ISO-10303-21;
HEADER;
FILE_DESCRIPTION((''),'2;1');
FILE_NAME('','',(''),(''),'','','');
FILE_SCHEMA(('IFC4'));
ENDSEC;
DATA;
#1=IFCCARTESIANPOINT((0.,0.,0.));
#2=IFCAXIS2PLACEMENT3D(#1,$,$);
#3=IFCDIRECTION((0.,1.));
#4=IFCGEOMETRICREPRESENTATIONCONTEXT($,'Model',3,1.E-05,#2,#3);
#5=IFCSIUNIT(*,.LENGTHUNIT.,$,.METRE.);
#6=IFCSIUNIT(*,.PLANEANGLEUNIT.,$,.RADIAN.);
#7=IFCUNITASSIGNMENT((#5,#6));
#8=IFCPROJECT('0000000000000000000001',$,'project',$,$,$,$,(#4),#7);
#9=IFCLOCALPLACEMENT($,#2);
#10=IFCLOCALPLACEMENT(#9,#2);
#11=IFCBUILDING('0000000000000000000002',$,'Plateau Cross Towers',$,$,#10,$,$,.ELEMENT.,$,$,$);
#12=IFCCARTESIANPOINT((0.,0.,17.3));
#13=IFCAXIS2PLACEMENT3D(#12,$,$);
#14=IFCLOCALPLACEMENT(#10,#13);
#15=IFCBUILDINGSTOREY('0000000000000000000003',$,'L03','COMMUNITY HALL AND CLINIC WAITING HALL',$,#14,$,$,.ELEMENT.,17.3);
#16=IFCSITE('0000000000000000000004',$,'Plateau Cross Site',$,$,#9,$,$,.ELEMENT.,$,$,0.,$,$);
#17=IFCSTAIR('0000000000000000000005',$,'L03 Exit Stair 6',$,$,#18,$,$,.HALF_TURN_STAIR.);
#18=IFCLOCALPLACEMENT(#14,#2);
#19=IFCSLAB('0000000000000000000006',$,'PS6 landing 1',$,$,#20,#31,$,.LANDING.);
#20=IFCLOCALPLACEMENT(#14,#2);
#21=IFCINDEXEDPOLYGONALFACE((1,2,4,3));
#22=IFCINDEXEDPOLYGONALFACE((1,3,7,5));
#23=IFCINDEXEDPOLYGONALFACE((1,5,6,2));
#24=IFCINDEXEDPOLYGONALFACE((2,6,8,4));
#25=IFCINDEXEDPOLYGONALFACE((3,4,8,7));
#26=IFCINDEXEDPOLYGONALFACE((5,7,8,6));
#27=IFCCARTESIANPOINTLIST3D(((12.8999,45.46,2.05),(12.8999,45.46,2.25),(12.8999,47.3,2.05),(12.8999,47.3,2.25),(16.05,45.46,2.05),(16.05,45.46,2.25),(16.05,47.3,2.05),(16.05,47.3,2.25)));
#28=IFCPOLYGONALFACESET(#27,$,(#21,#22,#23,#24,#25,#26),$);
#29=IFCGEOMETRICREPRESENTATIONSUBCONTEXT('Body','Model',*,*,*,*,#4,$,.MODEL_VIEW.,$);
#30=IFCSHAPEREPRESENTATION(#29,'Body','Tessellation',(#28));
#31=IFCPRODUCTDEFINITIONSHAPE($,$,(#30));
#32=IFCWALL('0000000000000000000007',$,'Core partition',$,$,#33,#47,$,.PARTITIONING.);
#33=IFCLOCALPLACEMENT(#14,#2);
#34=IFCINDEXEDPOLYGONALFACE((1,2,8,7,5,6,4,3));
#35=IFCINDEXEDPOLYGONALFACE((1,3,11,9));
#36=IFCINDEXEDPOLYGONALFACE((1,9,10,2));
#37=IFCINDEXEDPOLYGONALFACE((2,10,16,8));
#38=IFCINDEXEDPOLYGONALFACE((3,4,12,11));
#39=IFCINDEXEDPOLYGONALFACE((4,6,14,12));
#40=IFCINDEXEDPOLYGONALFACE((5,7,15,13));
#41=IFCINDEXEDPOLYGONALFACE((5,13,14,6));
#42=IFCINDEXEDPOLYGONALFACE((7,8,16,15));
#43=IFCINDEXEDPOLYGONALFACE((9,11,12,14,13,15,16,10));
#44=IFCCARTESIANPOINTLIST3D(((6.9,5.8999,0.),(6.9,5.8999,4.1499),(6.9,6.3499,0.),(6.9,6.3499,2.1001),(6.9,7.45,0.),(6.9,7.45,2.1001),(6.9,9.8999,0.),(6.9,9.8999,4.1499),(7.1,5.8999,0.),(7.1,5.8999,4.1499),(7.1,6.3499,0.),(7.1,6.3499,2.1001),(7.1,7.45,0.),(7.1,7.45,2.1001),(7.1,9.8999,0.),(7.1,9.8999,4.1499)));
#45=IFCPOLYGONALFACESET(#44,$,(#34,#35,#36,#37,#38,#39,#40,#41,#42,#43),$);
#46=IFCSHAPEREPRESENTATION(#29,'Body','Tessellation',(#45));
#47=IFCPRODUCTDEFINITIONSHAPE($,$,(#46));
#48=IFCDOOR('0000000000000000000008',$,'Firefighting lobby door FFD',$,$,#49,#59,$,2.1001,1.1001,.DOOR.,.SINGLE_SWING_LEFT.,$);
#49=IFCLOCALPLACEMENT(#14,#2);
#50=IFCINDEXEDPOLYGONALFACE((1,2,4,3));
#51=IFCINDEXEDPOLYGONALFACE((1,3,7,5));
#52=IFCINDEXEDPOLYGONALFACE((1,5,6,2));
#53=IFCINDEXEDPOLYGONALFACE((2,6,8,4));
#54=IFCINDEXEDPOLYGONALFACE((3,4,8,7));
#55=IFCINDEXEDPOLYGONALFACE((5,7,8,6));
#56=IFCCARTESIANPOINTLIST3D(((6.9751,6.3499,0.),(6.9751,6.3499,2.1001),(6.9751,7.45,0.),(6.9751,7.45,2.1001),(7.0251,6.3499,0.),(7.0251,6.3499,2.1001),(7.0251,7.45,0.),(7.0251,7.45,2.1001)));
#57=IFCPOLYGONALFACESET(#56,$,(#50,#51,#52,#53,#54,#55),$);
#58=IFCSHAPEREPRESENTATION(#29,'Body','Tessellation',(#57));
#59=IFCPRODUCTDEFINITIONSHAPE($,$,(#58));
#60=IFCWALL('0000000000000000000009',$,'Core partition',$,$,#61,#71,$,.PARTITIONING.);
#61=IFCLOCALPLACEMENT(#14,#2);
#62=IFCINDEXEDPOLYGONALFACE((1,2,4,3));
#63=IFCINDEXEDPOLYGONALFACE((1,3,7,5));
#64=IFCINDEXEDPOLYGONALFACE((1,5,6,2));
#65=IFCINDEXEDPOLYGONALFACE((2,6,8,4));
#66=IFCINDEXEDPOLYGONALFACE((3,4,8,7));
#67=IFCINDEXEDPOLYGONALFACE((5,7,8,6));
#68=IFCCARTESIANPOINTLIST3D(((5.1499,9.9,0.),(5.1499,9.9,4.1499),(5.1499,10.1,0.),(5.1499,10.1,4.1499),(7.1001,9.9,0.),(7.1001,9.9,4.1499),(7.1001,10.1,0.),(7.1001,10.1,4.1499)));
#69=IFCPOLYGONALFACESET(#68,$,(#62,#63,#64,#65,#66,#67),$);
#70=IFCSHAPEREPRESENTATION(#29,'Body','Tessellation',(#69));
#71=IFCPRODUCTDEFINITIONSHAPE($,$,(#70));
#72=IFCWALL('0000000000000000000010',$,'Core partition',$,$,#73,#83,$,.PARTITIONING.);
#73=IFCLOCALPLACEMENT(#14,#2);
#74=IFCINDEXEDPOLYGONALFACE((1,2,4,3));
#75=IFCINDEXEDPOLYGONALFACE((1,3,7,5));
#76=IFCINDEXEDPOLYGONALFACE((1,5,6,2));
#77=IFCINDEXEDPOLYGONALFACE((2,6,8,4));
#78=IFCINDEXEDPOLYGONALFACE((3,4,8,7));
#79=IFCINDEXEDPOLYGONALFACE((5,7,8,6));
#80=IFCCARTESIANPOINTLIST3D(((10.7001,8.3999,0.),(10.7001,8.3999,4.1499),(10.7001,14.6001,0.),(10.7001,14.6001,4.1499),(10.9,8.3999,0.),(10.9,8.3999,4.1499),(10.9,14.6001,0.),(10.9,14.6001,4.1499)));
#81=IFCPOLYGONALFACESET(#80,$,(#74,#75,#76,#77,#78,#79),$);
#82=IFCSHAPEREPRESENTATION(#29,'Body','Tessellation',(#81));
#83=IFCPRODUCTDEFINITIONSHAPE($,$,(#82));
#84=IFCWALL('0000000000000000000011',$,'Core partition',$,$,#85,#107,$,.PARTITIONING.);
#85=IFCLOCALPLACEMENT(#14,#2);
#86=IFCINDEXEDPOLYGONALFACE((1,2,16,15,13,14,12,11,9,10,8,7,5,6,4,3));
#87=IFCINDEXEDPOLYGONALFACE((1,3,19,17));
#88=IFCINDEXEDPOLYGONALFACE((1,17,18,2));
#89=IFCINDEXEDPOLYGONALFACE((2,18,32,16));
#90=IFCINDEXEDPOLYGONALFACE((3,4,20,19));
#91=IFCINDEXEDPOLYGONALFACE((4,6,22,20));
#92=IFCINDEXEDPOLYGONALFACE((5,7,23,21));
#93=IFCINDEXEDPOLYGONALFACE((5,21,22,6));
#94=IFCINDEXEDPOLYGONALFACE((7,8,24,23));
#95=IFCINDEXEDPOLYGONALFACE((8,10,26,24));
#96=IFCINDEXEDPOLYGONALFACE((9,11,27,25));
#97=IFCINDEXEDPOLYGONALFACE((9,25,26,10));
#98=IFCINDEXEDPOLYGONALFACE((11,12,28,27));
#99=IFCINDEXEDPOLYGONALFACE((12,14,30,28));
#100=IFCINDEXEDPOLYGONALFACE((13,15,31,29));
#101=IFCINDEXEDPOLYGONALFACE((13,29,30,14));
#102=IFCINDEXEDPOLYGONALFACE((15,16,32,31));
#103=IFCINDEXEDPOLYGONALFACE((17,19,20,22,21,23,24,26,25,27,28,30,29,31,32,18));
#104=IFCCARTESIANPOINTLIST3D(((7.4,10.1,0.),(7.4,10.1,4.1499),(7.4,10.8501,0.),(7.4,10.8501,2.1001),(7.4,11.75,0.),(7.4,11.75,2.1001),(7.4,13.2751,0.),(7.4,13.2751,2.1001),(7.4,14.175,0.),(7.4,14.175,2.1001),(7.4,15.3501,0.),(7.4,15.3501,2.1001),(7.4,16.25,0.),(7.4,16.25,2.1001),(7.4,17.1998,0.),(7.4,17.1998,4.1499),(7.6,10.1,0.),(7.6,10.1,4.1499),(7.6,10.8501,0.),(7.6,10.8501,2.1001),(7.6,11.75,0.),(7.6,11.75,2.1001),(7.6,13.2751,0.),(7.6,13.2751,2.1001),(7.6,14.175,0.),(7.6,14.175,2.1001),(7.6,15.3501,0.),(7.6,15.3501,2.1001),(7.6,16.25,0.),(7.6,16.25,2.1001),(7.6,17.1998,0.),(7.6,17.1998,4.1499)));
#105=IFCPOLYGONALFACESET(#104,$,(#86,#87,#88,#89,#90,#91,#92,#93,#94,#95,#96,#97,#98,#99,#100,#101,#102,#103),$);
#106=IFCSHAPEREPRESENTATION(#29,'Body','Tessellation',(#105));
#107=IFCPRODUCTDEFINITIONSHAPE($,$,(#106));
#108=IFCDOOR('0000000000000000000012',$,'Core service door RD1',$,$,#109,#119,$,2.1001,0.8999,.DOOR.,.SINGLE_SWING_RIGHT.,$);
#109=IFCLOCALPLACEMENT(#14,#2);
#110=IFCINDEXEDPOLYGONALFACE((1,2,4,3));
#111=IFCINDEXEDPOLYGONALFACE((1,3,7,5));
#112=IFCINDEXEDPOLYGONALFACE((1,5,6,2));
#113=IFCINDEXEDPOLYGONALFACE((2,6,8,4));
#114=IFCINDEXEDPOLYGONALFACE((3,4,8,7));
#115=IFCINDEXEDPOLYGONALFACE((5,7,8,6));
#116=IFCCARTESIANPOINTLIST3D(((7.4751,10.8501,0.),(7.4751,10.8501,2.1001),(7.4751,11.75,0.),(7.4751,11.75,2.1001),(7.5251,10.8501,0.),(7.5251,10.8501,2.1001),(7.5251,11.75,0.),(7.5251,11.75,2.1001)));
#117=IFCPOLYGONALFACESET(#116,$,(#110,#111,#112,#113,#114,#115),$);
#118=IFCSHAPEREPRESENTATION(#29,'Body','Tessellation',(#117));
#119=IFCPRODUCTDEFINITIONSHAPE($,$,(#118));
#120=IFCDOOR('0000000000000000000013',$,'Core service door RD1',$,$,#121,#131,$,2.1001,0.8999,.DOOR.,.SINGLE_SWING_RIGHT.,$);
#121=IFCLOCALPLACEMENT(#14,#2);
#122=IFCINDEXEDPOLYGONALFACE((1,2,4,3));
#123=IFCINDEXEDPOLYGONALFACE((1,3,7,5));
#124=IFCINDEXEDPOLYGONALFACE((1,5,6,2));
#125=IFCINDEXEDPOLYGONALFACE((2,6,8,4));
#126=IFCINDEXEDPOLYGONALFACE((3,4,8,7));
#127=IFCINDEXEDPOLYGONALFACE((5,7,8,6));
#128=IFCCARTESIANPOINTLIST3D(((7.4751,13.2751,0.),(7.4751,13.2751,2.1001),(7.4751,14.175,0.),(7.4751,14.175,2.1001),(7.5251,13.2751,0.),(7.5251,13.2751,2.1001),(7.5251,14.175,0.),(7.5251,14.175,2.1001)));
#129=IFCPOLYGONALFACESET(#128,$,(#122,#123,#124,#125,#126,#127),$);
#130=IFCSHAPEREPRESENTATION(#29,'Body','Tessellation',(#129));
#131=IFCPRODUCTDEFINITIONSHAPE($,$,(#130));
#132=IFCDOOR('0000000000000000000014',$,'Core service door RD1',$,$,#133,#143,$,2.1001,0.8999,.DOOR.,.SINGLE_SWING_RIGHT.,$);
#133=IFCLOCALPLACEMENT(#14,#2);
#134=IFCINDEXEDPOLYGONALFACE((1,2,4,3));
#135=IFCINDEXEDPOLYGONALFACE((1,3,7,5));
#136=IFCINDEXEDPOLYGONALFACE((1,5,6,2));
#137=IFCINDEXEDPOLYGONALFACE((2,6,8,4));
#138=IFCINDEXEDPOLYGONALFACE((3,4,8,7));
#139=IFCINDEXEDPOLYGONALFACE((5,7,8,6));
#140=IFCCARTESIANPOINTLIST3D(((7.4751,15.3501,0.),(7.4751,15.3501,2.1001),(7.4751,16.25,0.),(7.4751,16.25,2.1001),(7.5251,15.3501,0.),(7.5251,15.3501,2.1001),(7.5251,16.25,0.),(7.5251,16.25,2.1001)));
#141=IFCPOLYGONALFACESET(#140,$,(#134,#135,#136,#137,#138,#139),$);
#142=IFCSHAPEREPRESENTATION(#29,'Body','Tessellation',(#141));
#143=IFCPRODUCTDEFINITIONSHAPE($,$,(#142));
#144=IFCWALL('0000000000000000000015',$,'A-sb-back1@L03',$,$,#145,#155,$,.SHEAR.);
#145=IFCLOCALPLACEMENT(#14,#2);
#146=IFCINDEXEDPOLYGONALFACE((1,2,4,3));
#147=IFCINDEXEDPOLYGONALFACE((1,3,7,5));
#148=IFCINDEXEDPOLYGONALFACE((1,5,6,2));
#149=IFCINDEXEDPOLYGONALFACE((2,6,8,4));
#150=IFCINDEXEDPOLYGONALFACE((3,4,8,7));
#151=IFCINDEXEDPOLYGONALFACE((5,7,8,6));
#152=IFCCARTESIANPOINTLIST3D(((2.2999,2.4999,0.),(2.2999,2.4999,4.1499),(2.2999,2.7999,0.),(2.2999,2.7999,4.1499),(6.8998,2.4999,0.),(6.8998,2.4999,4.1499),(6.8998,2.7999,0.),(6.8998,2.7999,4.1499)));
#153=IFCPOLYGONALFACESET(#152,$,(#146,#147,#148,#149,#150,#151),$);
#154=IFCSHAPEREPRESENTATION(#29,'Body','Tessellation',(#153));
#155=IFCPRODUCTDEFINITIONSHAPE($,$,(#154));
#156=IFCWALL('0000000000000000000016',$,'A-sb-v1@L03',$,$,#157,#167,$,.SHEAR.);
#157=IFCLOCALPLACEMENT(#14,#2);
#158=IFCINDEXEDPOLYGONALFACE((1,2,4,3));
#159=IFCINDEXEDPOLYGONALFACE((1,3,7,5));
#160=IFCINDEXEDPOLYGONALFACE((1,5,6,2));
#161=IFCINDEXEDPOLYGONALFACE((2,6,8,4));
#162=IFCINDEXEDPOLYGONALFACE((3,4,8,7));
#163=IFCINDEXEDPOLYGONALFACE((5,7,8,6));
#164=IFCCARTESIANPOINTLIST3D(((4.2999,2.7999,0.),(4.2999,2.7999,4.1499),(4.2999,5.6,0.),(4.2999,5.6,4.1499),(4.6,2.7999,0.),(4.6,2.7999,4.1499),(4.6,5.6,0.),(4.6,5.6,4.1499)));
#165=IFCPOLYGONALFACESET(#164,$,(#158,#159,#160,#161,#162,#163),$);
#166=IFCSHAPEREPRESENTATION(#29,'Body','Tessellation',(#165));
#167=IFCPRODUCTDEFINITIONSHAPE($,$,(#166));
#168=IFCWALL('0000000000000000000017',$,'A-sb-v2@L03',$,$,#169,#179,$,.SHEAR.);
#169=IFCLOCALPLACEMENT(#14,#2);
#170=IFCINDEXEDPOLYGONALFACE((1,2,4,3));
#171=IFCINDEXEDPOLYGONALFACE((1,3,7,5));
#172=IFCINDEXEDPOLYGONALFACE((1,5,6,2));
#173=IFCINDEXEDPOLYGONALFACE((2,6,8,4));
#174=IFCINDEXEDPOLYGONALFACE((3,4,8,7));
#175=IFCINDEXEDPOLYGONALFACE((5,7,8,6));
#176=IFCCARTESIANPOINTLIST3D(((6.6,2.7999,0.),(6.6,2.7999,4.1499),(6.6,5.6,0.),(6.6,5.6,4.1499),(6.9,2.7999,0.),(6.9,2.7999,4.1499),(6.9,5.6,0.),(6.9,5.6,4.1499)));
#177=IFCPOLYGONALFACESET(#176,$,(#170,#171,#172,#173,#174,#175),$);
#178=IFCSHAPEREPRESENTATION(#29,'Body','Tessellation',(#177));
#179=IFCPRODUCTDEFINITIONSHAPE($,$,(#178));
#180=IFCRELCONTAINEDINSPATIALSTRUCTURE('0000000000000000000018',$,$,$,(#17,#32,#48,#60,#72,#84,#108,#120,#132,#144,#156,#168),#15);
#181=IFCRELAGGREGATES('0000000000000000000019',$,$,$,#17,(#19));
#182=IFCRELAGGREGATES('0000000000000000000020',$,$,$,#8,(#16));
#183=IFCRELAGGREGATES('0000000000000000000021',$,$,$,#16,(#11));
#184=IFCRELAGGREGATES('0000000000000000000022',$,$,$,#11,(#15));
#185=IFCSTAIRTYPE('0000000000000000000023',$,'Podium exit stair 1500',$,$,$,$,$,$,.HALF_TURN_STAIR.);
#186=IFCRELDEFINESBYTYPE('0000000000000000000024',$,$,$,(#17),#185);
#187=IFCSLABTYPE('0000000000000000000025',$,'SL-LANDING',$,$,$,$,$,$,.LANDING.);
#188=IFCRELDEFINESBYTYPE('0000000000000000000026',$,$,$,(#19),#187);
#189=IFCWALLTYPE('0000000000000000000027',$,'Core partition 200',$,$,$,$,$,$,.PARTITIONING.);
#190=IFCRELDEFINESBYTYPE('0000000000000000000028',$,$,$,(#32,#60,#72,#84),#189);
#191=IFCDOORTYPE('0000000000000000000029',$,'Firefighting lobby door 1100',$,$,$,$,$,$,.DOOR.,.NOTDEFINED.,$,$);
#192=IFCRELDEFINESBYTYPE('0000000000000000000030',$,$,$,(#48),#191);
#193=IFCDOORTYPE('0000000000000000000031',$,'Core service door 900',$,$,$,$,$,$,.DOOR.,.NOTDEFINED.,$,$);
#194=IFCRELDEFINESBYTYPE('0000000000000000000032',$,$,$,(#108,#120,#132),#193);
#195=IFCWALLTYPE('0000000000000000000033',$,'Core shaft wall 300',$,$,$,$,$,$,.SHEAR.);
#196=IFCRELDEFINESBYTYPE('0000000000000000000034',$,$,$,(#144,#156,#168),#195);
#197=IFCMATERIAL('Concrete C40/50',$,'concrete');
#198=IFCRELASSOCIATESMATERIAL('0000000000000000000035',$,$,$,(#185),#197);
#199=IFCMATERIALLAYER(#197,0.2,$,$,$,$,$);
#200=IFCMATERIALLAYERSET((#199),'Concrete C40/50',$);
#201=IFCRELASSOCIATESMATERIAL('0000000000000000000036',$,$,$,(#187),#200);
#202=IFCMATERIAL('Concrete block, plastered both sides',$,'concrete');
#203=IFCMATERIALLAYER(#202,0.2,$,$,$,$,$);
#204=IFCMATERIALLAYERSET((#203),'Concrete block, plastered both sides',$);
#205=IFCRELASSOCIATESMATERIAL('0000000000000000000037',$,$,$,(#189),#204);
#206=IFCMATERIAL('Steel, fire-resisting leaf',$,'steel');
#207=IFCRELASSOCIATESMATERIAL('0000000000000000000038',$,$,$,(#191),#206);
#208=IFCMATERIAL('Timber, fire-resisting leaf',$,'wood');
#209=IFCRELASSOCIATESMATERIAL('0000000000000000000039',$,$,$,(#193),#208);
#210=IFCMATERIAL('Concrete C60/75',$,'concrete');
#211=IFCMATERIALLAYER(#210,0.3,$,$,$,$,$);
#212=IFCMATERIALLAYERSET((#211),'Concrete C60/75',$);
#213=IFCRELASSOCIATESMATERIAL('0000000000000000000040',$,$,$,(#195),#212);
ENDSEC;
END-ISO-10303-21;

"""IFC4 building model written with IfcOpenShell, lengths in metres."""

from ifc_helpers import new_model, si_unit, direction, frame, frame_2d, origin, place, context, subcontext, project, spatial, polyline, rectangle, outline, extrude, material, layer, layer_set, type_object, element, fill, aggregate, save


model = new_model("IFC4")

# Units and contexts
model_context = context("Model", 3, precision=1e-05, world=origin(), true_north=direction((0.0, 1.0)))
body_context = subcontext(model_context, "Body", "Model", "MODEL_VIEW")
ifc_project = project(units=[si_unit("LENGTHUNIT", "METRE"), si_unit("PLANEANGLEUNIT", "RADIAN")], contexts=[model_context])

# Site, building, storey
site_placement = place(None, origin())
site = spatial("IfcSite", under=ifc_project, at=site_placement, Name="Plateau Cross Site", CompositionType="ELEMENT", RefElevation=0.0)
building_placement = place(site_placement, origin())
building = spatial("IfcBuilding", under=site, at=building_placement, Name="Plateau Cross Towers", CompositionType="ELEMENT")
storey_placement = place(building_placement, frame((0.0, 0.0, 17.3)))
storey = spatial("IfcBuildingStorey", under=building, at=storey_placement, Name="L03", Description="COMMUNITY HALL AND CLINIC WAITING HALL", CompositionType="ELEMENT", Elevation=17.3)

# Stair, slab
ifc_material_1 = material(Name="Concrete C40/50", Category="concrete")
stair_type_1 = type_object("IfcStairType", Name="Podium exit stair 1500", PredefinedType="HALF_TURN_STAIR", material=ifc_material_1)
stair_1_placement = place(storey_placement, origin())
stair_1 = element("IfcStair", 1, at=stair_1_placement, inside=storey, type_object=stair_type_1, Name="L03 Exit Stair 6", PredefinedType="HALF_TURN_STAIR")
ifc_layer_1 = layer(ifc_material_1, 0.2)
ifc_layer_set_1 = layer_set([ifc_layer_1], Name="Concrete C40/50")
slab_type = type_object("IfcSlabType", Name="SL-LANDING", PredefinedType="LANDING", material=ifc_layer_set_1)
slab_placement = place(storey_placement, frame((0.0, 0.0, 2.05)))
slab = element("IfcSlab", 2, at=slab_placement, type_object=slab_type, Name="PS6 landing 1", PredefinedType="LANDING", context=body_context, shape_type="SweptSolid", body=[
    extrude(outline(polyline([(16.05, 45.46), (16.05, 47.3), (12.8999, 47.3), (12.8999, 45.46), (16.05, 45.46)])), origin(), (0.0, 0.0, 1.0), 0.2),
])
aggregate(stair_1, [slab])

# Wall, opening, door
ifc_material_2 = material(Name="Concrete block, plastered both sides", Category="concrete")
ifc_layer_2 = layer(ifc_material_2, 0.2)
ifc_layer_set_2 = layer_set([ifc_layer_2], Name="Concrete block, plastered both sides")
wall_type_1 = type_object("IfcWallType", Name="Core partition 200", PredefinedType="PARTITIONING", material=ifc_layer_set_2)
wall_1_placement = place(storey_placement, frame((7.0, 5.8999, 0.0), z_axis=(0.0, 0.0, 1.0), x_axis=(0.0, 1.0, 0.0)))
wall_1 = element("IfcWall", 3, at=wall_1_placement, inside=storey, type_object=wall_type_1, Name="Core partition", PredefinedType="PARTITIONING", context=body_context, shape_type="SweptSolid", body=[
    extrude(rectangle(XDim=4.0, YDim=0.2, at=frame_2d((2.0, 0.0))), origin(), (0.0, 0.0, 1.0), 4.1499),
])
opening_1_placement = place(wall_1_placement, frame((0.45, 0.0, 0.0)))
opening_1 = element("IfcOpeningElement", 4, at=opening_1_placement, cuts=wall_1, PredefinedType="OPENING", context=body_context, shape_type="SweptSolid", body=[
    extrude(rectangle(XDim=1.1001, YDim=2.1001, at=frame_2d((0.55, 1.05))), frame((0.0, 0.1099, 0.0), z_axis=(0.0, -1.0, 0.0), x_axis=(1.0, 0.0, 0.0)), (0.0, 0.0, 1.0), 0.22),
])
ifc_material_3 = material(Name="Steel, fire-resisting leaf", Category="steel")
door_type_1 = type_object("IfcDoorType", Name="Firefighting lobby door 1100", OperationType="NOTDEFINED", PredefinedType="DOOR", material=ifc_material_3)
door_1_placement = place(opening_1_placement, origin())
door_1 = element("IfcDoor", 5, at=door_1_placement, inside=storey, type_object=door_type_1, Name="Firefighting lobby door FFD", OperationType="SINGLE_SWING_LEFT", OverallHeight=2.1001, OverallWidth=1.1001, PredefinedType="DOOR", context=body_context, shape_type="SweptSolid", body=[
    extrude(rectangle(XDim=1.1001, YDim=2.1001, at=frame_2d((0.55, 1.05))), frame((0.0, 0.0249, 0.0), z_axis=(0.0, -1.0, 0.0), x_axis=(1.0, 0.0, 0.0)), (0.0, 0.0, 1.0), 0.05),
])
fill(opening_1, door_1)

# Walls
wall_2_placement = place(storey_placement, frame((5.1499, 10.0, 0.0), z_axis=(0.0, 0.0, 1.0), x_axis=(1.0, 0.0, 0.0)))
element("IfcWall", 6, at=wall_2_placement, inside=storey, type_object=wall_type_1, Name="Core partition", PredefinedType="PARTITIONING", context=body_context, shape_type="SweptSolid", body=[
    extrude(rectangle(XDim=1.9502, YDim=0.2, at=frame_2d((0.9751, 0.0))), origin(), (0.0, 0.0, 1.0), 4.1499),
])
wall_3_placement = place(storey_placement, frame((10.8, 8.3999, 0.0), z_axis=(0.0, 0.0, 1.0), x_axis=(0.0, 1.0, 0.0)))
element("IfcWall", 7, at=wall_3_placement, inside=storey, type_object=wall_type_1, Name="Core partition", PredefinedType="PARTITIONING", context=body_context, shape_type="SweptSolid", body=[
    extrude(rectangle(XDim=6.2002, YDim=0.2, at=frame_2d((3.1001, 0.0))), origin(), (0.0, 0.0, 1.0), 4.1499),
])

# Wall, openings, doors
wall_4_placement = place(storey_placement, frame((7.5, 10.1001, 0.0), z_axis=(0.0, 0.0, 1.0), x_axis=(0.0, 1.0, 0.0)))
wall_4 = element("IfcWall", 8, at=wall_4_placement, inside=storey, type_object=wall_type_1, Name="Core partition", PredefinedType="PARTITIONING", context=body_context, shape_type="SweptSolid", body=[
    extrude(rectangle(XDim=7.0999, YDim=0.2, at=frame_2d((3.5498, 0.0))), origin(), (0.0, 0.0, 1.0), 4.1499),
])
opening_2_placement = place(wall_4_placement, frame((0.75, 0.0, 0.0)))
opening_2 = element("IfcOpeningElement", 9, at=opening_2_placement, cuts=wall_4, PredefinedType="OPENING", context=body_context, shape_type="SweptSolid", body=[
    extrude(rectangle(XDim=0.8999, YDim=2.1001, at=frame_2d((0.45, 1.05))), frame((0.0, 0.1099, 0.0), z_axis=(0.0, -1.0, 0.0), x_axis=(1.0, 0.0, 0.0)), (0.0, 0.0, 1.0), 0.22),
])
opening_3_placement = place(wall_4_placement, frame((3.175, 0.0, 0.0)))
opening_3 = element("IfcOpeningElement", 10, at=opening_3_placement, cuts=wall_4, PredefinedType="OPENING", context=body_context, shape_type="SweptSolid", body=[
    extrude(rectangle(XDim=0.8999, YDim=2.1001, at=frame_2d((0.45, 1.05))), frame((0.0, 0.1099, 0.0), z_axis=(0.0, -1.0, 0.0), x_axis=(1.0, 0.0, 0.0)), (0.0, 0.0, 1.0), 0.22),
])
opening_4_placement = place(wall_4_placement, frame((5.25, 0.0, 0.0)))
opening_4 = element("IfcOpeningElement", 11, at=opening_4_placement, cuts=wall_4, PredefinedType="OPENING", context=body_context, shape_type="SweptSolid", body=[
    extrude(rectangle(XDim=0.8999, YDim=2.1001, at=frame_2d((0.45, 1.05))), frame((0.0, 0.1099, 0.0), z_axis=(0.0, -1.0, 0.0), x_axis=(1.0, 0.0, 0.0)), (0.0, 0.0, 1.0), 0.22),
])
ifc_material_4 = material(Name="Timber, fire-resisting leaf", Category="wood")
door_type_2 = type_object("IfcDoorType", Name="Core service door 900", OperationType="NOTDEFINED", PredefinedType="DOOR", material=ifc_material_4)
door_2_placement = place(opening_2_placement, origin())
door_2 = element("IfcDoor", 12, at=door_2_placement, inside=storey, type_object=door_type_2, Name="Core service door RD1", OperationType="SINGLE_SWING_RIGHT", OverallHeight=2.1001, OverallWidth=0.8999, PredefinedType="DOOR", context=body_context, shape_type="SweptSolid", body=[
    extrude(rectangle(XDim=0.8999, YDim=2.1001, at=frame_2d((0.45, 1.05))), frame((0.0, 0.0249, 0.0), z_axis=(0.0, -1.0, 0.0), x_axis=(1.0, 0.0, 0.0)), (0.0, 0.0, 1.0), 0.05),
])
fill(opening_2, door_2)
door_3_placement = place(opening_3_placement, origin())
door_3 = element("IfcDoor", 13, at=door_3_placement, inside=storey, type_object=door_type_2, Name="Core service door RD1", OperationType="SINGLE_SWING_RIGHT", OverallHeight=2.1001, OverallWidth=0.8999, PredefinedType="DOOR", context=body_context, shape_type="SweptSolid", body=[
    extrude(rectangle(XDim=0.8999, YDim=2.1001, at=frame_2d((0.45, 1.05))), frame((0.0, 0.0249, 0.0), z_axis=(0.0, -1.0, 0.0), x_axis=(1.0, 0.0, 0.0)), (0.0, 0.0, 1.0), 0.05),
])
fill(opening_3, door_3)
door_4_placement = place(opening_4_placement, origin())
door_4 = element("IfcDoor", 14, at=door_4_placement, inside=storey, type_object=door_type_2, Name="Core service door RD1", OperationType="SINGLE_SWING_RIGHT", OverallHeight=2.1001, OverallWidth=0.8999, PredefinedType="DOOR", context=body_context, shape_type="SweptSolid", body=[
    extrude(rectangle(XDim=0.8999, YDim=2.1001, at=frame_2d((0.45, 1.05))), frame((0.0, 0.0249, 0.0), z_axis=(0.0, -1.0, 0.0), x_axis=(1.0, 0.0, 0.0)), (0.0, 0.0, 1.0), 0.05),
])
fill(opening_4, door_4)

# Walls
ifc_material_5 = material(Name="Concrete C60/75", Category="concrete")
ifc_layer_3 = layer(ifc_material_5, 0.3)
ifc_layer_set_3 = layer_set([ifc_layer_3], Name="Concrete C60/75")
wall_type_2 = type_object("IfcWallType", Name="Core shaft wall 300", PredefinedType="SHEAR", material=ifc_layer_set_3)
wall_5_placement = place(storey_placement, frame((2.3, 2.6499, 0.0), z_axis=(0.0, 0.0, 1.0), x_axis=(1.0, 0.0, 0.0)))
element("IfcWall", 15, at=wall_5_placement, inside=storey, type_object=wall_type_2, Name="A-sb-back1@L03", PredefinedType="SHEAR", context=body_context, shape_type="SweptSolid", body=[
    extrude(rectangle(XDim=4.5999, YDim=0.3, at=frame_2d((2.2998, 0.0))), origin(), (0.0, 0.0, 1.0), 4.1499),
])
for number, where, z_axis, x_axis, name in (
    (16, (4.45, 2.8, 0.0), (0.0, 0.0, 1.0), (0.0, 1.0, 0.0), "A-sb-v1@L03"),
    (17, (6.75, 2.8, 0.0), (0.0, 0.0, 1.0), (0.0, 1.0, 0.0), "A-sb-v2@L03"),
):
    element("IfcWall", number, at=place(storey_placement, frame(where, z_axis=z_axis, x_axis=x_axis)), inside=storey, type_object=wall_type_2, Name=name, PredefinedType="SHEAR", context=body_context, shape_type="SweptSolid", body=[
        extrude(rectangle(XDim=2.8, YDim=0.3, at=frame_2d((1.3999, 0.0))), origin(), (0.0, 0.0, 1.0), 4.1499),
    ])

save(model, "model.ifc")
